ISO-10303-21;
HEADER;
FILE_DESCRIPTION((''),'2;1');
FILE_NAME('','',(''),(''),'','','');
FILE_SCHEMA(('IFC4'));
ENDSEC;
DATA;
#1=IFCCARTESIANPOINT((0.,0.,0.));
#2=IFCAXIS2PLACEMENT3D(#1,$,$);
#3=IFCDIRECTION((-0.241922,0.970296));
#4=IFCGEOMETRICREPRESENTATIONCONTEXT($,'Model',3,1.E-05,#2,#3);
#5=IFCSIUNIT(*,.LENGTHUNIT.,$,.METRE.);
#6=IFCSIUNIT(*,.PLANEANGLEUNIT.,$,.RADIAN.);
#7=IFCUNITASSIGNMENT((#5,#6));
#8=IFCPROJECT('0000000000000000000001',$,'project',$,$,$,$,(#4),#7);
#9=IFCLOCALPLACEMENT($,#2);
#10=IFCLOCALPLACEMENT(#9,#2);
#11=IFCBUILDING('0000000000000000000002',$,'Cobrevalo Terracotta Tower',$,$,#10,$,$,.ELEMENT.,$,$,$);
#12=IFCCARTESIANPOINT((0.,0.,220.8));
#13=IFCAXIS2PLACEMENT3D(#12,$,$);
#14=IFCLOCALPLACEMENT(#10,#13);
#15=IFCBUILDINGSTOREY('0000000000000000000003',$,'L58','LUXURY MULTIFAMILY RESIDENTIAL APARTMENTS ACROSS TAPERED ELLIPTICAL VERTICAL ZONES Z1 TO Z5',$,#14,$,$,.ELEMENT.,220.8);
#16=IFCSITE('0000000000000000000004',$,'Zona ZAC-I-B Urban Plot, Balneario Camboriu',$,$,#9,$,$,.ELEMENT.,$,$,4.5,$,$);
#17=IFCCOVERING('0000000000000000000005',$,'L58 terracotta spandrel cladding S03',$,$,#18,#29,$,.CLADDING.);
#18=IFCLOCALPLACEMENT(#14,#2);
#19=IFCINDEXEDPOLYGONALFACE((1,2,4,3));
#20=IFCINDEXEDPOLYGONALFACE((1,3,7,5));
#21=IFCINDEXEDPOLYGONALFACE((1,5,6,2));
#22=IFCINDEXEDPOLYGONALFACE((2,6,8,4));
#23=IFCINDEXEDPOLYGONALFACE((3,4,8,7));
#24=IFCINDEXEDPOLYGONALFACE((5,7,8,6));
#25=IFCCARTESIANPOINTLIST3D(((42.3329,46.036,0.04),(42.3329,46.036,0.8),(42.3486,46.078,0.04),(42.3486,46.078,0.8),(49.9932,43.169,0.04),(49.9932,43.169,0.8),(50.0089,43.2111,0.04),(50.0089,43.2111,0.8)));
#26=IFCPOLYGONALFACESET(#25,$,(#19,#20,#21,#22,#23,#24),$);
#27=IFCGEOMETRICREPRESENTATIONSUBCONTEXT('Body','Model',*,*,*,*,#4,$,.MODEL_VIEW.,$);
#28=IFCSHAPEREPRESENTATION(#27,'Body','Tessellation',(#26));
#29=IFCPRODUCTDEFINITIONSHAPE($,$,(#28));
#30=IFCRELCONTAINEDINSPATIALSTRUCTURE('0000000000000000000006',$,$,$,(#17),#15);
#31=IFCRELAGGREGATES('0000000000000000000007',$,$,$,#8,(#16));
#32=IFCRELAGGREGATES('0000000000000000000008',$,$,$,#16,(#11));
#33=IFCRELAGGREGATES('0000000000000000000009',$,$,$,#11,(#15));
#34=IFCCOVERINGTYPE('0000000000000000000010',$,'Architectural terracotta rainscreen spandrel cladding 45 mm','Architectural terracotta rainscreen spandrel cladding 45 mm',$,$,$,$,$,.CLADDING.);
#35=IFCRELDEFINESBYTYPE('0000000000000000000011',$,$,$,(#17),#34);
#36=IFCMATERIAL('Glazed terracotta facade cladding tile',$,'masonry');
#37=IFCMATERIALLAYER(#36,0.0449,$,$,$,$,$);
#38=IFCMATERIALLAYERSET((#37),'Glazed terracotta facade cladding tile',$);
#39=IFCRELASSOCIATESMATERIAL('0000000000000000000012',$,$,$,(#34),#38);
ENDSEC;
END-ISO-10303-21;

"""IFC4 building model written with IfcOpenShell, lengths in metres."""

from ifc_helpers import new_model, si_unit, direction, frame, origin, origin_2d, place, context, subcontext, project, spatial, rectangle, extrude, source, transform, mapped, material, layer, layer_set, type_object, element, save


model = new_model("IFC4")

# Units and contexts
model_context = context("Model", 3, precision=1e-05, world=origin(), true_north=direction((-0.241922, 0.970296)))
body_context = subcontext(model_context, "Body", "Model", "MODEL_VIEW")
ifc_project = project(units=[si_unit("LENGTHUNIT", "METRE"), si_unit("PLANEANGLEUNIT", "RADIAN")], contexts=[model_context])

# Site, building, storey
site_placement = place(None, origin())
site = spatial("IfcSite", under=ifc_project, at=site_placement, Name="Zona ZAC-I-B Urban Plot, Balneario Camboriu", CompositionType="ELEMENT", RefElevation=4.5)
building_placement = place(site_placement, origin())
building = spatial("IfcBuilding", under=site, at=building_placement, Name="Cobrevalo Terracotta Tower", CompositionType="ELEMENT")
storey_placement = place(building_placement, frame((0.0, 0.0, 220.8)))
storey = spatial("IfcBuildingStorey", under=building, at=storey_placement, Name="L58", Description="LUXURY MULTIFAMILY RESIDENTIAL APARTMENTS ACROSS TAPERED ELLIPTICAL VERTICAL ZONES Z1 TO Z5", CompositionType="ELEMENT", Elevation=220.8)

# Covering
ifc_material_1 = material(Name="Glazed terracotta facade cladding tile", Category="masonry")
ifc_layer_1 = layer(ifc_material_1, 0.0449)
ifc_layer_set_1 = layer_set([ifc_layer_1], Name="Glazed terracotta facade cladding tile")
covering_type = type_object("IfcCoveringType", Name="Architectural terracotta rainscreen spandrel cladding 45 mm", Description="Architectural terracotta rainscreen spandrel cladding 45 mm", PredefinedType="CLADDING", material=ifc_layer_set_1)
shared_shape_1 = source(origin(), body_context, "Body", "SweptSolid", [
    extrude(rectangle(XDim=8.1792, YDim=0.0449, at=origin_2d()), origin(), (0.0, 0.0, 1.0), 0.76),
])
covering_placement = place(storey_placement, frame((46.1709, 44.6235, 0.04), z_axis=(0.0, 0.0, 1.0), x_axis=(-0.936558, 0.350513, 0.0)))
element("IfcCovering", 1, at=covering_placement, inside=storey, type_object=covering_type, Name="L58 terracotta spandrel cladding S03", PredefinedType="CLADDING", context=body_context, shape_type="MappedRepresentation", body=[
    mapped(shared_shape_1, transform((0.0, 0.0, 0.0), scale=1.0)),
])

save(model, "model.ifc")
